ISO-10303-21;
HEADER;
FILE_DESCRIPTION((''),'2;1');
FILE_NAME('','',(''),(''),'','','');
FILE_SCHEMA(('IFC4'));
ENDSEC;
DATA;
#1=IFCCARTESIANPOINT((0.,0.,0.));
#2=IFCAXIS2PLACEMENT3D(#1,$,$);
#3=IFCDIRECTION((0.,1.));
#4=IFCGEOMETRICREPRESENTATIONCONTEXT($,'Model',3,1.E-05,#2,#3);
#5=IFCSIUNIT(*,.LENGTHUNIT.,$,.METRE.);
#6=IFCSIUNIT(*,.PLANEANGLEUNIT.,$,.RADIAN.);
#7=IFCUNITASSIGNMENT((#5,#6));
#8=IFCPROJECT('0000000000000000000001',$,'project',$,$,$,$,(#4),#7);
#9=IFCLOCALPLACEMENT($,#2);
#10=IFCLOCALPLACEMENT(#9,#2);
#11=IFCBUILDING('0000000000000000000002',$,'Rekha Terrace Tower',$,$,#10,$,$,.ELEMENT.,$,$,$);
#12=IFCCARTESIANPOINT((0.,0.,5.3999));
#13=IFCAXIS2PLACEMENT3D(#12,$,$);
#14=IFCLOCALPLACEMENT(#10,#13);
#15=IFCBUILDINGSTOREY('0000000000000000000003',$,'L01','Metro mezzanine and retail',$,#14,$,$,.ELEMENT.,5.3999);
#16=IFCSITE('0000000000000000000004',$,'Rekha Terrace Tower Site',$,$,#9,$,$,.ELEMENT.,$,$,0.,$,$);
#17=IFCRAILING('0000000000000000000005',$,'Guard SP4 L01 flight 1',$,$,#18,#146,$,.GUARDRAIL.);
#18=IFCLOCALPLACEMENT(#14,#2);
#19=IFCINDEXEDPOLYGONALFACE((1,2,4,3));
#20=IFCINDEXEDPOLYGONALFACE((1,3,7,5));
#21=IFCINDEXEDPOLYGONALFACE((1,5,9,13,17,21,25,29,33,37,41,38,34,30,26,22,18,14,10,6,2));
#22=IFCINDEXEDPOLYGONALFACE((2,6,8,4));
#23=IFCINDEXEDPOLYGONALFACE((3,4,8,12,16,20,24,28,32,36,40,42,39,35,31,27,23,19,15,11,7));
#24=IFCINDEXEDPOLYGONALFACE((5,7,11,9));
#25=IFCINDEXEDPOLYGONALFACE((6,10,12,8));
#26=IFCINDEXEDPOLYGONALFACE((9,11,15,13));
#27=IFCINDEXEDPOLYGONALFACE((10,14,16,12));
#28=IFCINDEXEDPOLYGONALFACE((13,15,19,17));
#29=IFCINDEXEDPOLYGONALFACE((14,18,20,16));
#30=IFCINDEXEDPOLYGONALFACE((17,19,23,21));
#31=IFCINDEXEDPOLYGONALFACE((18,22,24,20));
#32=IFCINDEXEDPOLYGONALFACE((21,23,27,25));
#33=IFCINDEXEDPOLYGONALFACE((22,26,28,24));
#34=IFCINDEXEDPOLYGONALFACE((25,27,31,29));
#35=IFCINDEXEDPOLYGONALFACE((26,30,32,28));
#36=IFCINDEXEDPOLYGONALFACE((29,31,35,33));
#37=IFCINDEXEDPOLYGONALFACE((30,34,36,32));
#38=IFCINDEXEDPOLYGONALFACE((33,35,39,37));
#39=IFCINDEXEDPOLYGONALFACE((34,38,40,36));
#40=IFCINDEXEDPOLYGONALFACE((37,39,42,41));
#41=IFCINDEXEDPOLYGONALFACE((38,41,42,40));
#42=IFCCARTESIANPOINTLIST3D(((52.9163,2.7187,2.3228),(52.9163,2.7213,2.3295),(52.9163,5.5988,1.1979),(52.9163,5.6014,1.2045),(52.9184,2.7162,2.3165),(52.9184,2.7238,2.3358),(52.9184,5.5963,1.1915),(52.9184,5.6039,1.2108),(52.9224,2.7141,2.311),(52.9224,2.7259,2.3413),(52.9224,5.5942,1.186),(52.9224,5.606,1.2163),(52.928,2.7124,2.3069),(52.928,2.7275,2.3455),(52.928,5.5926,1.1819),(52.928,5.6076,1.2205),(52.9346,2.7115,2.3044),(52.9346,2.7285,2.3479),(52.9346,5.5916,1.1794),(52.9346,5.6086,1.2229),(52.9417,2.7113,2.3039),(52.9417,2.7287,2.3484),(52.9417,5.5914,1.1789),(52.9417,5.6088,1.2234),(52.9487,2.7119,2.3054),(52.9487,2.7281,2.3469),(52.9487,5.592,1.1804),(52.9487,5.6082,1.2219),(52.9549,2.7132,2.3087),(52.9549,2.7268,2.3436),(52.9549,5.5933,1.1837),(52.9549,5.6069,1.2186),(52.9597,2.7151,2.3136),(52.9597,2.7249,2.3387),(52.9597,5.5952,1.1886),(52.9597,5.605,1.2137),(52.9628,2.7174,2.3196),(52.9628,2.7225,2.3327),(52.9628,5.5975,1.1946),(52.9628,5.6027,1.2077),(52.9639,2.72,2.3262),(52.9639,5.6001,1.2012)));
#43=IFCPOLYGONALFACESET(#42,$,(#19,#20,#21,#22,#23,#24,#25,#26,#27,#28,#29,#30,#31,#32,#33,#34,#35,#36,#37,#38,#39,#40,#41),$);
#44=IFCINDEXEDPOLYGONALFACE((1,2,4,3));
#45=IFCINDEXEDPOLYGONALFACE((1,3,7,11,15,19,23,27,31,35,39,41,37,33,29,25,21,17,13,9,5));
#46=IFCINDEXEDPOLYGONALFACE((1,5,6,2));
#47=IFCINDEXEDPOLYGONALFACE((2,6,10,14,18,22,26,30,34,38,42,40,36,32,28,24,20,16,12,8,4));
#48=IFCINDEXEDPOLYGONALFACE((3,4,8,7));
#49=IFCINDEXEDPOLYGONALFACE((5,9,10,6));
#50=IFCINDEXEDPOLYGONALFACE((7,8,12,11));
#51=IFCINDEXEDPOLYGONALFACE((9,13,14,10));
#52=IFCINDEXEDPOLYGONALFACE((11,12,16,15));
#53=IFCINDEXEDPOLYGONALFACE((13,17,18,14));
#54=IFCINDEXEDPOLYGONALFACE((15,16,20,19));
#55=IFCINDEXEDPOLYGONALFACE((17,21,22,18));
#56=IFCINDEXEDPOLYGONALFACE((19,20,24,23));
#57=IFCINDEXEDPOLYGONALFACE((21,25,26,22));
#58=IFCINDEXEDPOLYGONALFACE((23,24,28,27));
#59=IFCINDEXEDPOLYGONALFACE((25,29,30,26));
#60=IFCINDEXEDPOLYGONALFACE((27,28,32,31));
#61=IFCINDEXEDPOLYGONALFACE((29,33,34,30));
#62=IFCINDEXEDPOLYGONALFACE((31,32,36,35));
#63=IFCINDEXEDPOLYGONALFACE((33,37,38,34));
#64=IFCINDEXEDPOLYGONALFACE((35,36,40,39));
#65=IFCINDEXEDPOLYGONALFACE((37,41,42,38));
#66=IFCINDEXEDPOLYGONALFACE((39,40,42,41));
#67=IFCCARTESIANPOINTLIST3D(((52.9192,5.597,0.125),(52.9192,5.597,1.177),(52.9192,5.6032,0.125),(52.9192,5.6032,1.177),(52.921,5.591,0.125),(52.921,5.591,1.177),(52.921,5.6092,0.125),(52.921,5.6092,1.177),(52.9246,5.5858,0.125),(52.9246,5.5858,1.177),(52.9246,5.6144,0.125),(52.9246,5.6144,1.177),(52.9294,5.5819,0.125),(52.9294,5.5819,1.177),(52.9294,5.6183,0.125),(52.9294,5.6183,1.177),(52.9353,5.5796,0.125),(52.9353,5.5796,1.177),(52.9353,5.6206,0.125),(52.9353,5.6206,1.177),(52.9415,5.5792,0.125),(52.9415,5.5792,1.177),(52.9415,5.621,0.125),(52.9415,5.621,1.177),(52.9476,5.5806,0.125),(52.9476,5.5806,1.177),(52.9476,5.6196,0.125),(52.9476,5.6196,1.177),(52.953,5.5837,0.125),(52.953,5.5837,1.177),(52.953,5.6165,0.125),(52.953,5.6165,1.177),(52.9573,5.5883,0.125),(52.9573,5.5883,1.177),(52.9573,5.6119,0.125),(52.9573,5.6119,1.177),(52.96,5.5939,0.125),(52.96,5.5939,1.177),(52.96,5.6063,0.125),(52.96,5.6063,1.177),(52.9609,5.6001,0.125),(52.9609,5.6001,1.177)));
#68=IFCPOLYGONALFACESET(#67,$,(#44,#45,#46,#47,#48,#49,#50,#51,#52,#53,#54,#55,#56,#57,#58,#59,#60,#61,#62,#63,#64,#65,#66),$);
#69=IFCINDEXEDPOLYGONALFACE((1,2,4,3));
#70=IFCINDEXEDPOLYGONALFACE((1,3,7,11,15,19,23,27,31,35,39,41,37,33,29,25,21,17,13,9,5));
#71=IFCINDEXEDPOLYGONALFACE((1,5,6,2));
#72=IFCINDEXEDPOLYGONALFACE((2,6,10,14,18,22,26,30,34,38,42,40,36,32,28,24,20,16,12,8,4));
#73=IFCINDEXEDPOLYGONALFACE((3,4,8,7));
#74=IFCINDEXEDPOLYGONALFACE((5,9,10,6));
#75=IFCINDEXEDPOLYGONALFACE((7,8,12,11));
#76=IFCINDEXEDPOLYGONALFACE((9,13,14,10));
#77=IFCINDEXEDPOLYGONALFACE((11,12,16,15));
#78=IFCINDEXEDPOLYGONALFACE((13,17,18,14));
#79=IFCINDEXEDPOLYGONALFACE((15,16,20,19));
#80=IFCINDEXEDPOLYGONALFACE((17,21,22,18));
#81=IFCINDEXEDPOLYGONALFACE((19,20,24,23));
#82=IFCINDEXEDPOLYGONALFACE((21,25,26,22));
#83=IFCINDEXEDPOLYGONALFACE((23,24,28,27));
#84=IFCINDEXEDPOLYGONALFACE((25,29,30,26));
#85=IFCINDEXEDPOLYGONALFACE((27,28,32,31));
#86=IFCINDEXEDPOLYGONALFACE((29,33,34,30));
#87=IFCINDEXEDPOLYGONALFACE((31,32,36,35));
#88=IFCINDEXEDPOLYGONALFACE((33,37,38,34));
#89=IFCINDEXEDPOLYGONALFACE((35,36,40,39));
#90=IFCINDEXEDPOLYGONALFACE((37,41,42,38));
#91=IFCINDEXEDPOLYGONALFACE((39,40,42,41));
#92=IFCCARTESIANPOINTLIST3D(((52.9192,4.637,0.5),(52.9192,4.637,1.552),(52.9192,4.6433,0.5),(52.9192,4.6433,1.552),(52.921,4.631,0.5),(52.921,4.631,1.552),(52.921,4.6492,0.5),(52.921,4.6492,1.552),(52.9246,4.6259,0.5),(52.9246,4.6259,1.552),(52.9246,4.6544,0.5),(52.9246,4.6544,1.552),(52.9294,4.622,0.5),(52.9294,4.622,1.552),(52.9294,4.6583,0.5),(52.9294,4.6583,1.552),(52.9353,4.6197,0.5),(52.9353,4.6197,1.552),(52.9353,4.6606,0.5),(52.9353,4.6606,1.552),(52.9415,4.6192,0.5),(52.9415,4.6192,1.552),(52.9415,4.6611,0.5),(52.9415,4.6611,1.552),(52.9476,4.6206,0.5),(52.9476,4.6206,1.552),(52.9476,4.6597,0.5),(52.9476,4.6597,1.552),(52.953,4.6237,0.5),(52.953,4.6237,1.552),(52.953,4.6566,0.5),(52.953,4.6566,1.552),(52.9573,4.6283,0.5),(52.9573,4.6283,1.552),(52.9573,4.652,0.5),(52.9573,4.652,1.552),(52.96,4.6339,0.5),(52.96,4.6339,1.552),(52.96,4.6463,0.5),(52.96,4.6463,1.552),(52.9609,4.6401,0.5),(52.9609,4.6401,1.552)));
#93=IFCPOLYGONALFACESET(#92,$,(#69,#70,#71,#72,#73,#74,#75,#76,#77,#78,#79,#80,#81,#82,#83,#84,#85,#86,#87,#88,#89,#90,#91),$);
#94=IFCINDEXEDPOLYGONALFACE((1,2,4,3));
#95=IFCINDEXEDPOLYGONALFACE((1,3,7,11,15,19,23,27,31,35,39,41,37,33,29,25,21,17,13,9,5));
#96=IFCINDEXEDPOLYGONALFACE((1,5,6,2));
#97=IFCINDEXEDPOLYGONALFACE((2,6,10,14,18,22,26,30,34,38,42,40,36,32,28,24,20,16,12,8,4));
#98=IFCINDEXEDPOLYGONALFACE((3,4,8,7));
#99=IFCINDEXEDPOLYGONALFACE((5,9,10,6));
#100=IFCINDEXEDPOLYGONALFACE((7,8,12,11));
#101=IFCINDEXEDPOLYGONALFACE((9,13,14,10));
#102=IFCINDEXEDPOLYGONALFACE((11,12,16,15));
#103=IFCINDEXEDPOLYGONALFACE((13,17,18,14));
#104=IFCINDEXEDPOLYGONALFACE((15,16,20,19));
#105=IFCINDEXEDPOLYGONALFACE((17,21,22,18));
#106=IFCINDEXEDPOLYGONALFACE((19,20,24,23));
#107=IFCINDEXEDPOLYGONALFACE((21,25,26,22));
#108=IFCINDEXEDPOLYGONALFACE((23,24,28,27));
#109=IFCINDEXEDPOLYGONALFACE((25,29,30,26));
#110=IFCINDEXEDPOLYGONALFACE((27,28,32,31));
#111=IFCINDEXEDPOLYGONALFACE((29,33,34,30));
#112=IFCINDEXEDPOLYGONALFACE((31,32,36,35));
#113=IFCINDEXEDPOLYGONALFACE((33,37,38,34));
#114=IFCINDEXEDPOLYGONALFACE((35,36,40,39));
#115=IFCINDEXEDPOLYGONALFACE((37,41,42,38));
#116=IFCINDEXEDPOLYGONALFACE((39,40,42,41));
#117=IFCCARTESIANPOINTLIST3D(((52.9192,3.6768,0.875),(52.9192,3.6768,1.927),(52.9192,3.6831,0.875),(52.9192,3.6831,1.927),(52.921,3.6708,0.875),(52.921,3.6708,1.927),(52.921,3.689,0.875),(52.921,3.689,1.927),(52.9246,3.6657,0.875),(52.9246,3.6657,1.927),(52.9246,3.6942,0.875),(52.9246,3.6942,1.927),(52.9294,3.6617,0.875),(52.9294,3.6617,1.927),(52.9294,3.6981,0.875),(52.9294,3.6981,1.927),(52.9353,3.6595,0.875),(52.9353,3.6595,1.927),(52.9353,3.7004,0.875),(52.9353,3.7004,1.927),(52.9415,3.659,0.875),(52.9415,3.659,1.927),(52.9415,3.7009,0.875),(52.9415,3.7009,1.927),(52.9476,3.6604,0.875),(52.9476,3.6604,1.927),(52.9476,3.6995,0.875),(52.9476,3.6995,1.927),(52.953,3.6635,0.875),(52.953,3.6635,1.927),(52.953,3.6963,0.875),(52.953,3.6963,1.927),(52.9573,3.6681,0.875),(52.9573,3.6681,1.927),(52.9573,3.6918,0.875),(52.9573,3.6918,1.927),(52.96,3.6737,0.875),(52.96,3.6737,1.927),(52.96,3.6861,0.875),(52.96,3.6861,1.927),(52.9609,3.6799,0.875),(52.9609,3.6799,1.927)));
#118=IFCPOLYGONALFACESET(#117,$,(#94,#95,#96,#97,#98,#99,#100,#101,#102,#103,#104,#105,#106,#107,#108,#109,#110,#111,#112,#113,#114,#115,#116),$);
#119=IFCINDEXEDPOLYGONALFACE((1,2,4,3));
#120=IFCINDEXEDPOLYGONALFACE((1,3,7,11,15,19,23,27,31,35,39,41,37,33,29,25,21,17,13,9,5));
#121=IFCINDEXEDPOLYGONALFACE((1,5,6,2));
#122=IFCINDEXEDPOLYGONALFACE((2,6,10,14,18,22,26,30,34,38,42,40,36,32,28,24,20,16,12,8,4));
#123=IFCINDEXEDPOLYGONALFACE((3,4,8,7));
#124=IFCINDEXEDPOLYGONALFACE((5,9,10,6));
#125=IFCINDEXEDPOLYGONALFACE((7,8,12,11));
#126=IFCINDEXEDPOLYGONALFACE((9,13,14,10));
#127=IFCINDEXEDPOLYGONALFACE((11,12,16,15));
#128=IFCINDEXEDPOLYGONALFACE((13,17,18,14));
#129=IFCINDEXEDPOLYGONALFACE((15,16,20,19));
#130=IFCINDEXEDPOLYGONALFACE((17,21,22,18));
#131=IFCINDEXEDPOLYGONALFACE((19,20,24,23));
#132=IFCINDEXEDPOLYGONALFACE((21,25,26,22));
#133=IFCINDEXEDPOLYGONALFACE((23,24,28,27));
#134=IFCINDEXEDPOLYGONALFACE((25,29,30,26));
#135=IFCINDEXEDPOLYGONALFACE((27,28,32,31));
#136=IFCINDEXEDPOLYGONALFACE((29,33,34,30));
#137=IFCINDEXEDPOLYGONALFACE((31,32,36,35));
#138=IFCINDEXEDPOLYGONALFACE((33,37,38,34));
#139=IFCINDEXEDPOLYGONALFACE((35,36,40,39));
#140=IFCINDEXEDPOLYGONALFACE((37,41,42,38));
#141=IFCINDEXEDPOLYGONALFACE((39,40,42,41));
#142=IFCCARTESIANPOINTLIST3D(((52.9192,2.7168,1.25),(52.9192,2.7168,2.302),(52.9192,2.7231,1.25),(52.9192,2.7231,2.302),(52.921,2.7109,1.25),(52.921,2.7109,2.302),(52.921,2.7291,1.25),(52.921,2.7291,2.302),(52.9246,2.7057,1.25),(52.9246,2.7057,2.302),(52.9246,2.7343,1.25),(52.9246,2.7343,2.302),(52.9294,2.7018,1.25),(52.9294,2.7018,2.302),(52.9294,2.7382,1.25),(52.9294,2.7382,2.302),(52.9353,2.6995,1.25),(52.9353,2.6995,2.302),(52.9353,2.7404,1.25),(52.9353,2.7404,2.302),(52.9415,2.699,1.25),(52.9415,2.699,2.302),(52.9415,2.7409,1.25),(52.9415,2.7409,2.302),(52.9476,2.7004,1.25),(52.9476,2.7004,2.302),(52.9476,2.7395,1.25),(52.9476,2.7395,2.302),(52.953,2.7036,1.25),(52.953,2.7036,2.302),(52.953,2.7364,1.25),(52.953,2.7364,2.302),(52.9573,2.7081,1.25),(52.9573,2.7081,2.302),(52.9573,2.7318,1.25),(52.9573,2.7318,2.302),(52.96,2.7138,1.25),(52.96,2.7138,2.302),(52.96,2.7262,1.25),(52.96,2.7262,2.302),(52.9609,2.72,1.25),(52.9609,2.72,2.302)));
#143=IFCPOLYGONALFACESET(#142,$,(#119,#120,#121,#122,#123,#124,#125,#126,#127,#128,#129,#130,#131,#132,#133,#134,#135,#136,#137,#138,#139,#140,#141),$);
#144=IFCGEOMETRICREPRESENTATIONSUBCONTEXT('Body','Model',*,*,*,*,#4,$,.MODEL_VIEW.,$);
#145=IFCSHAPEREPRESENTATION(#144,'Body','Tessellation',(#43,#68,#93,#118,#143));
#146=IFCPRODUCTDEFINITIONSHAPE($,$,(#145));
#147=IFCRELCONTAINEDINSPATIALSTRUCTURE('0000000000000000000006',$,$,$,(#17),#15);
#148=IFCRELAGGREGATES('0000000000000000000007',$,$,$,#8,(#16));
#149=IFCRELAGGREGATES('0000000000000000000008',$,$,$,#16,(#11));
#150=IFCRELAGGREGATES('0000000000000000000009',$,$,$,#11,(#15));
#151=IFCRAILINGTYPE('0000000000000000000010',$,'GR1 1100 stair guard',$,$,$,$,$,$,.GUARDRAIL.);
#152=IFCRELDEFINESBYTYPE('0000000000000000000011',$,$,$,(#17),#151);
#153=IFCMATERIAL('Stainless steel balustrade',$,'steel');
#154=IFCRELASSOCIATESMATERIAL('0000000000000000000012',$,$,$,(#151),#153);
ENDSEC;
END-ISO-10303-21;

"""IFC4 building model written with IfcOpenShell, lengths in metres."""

from ifc_helpers import new_model, si_unit, direction, frame, origin, origin_2d, place, context, subcontext, project, spatial, circle, extrude, material, type_object, element, save


model = new_model("IFC4")

# Units and contexts
model_context = context("Model", 3, precision=1e-05, world=origin(), true_north=direction((0.0, 1.0)))
body_context = subcontext(model_context, "Body", "Model", "MODEL_VIEW")
ifc_project = project(units=[si_unit("LENGTHUNIT", "METRE"), si_unit("PLANEANGLEUNIT", "RADIAN")], contexts=[model_context])

# Site, building, storey
site_placement = place(None, origin())
site = spatial("IfcSite", under=ifc_project, at=site_placement, Name="Rekha Terrace Tower Site", CompositionType="ELEMENT", RefElevation=0.0)
building_placement = place(site_placement, origin())
building = spatial("IfcBuilding", under=site, at=building_placement, Name="Rekha Terrace Tower", CompositionType="ELEMENT")
storey_placement = place(building_placement, frame((0.0, 0.0, 5.3999)))
storey = spatial("IfcBuildingStorey", under=building, at=storey_placement, Name="L01", Description="Metro mezzanine and retail", CompositionType="ELEMENT", Elevation=5.3999)

# Railing
ifc_material_1 = material(Name="Stainless steel balustrade", Category="steel")
railing_type_1 = type_object("IfcRailingType", Name="GR1 1100 stair guard", PredefinedType="GUARDRAIL", material=ifc_material_1)
railing_1_placement = place(storey_placement, frame((52.9399, 5.6001, 0.125)))
element("IfcRailing", 1, at=railing_1_placement, inside=storey, type_object=railing_type_1, Name="Guard SP4 L01 flight 1", PredefinedType="GUARDRAIL", context=body_context, shape_type="SweptSolid", body=[
    extrude(circle(Radius=0.0239, at=origin_2d()), frame((0.0, 0.0, 1.0762), z_axis=(0.0, -0.931463, 0.363837), x_axis=(1.0, 0.0, 0.0)), (0.0, 0.0, 1.0), 3.092),
    extrude(circle(Radius=0.021, at=origin_2d()), origin(), (0.0, 0.0, 1.0), 1.052),
    extrude(circle(Radius=0.021, at=origin_2d()), frame((0.0, -0.96, 0.375)), (0.0, 0.0, 1.0), 1.052),
    extrude(circle(Radius=0.021, at=origin_2d()), frame((0.0, -1.9202, 0.75)), (0.0, 0.0, 1.0), 1.052),
    extrude(circle(Radius=0.021, at=origin_2d()), frame((0.0, -2.8801, 1.125)), (0.0, 0.0, 1.0), 1.052),
])

save(model, "model.ifc")
